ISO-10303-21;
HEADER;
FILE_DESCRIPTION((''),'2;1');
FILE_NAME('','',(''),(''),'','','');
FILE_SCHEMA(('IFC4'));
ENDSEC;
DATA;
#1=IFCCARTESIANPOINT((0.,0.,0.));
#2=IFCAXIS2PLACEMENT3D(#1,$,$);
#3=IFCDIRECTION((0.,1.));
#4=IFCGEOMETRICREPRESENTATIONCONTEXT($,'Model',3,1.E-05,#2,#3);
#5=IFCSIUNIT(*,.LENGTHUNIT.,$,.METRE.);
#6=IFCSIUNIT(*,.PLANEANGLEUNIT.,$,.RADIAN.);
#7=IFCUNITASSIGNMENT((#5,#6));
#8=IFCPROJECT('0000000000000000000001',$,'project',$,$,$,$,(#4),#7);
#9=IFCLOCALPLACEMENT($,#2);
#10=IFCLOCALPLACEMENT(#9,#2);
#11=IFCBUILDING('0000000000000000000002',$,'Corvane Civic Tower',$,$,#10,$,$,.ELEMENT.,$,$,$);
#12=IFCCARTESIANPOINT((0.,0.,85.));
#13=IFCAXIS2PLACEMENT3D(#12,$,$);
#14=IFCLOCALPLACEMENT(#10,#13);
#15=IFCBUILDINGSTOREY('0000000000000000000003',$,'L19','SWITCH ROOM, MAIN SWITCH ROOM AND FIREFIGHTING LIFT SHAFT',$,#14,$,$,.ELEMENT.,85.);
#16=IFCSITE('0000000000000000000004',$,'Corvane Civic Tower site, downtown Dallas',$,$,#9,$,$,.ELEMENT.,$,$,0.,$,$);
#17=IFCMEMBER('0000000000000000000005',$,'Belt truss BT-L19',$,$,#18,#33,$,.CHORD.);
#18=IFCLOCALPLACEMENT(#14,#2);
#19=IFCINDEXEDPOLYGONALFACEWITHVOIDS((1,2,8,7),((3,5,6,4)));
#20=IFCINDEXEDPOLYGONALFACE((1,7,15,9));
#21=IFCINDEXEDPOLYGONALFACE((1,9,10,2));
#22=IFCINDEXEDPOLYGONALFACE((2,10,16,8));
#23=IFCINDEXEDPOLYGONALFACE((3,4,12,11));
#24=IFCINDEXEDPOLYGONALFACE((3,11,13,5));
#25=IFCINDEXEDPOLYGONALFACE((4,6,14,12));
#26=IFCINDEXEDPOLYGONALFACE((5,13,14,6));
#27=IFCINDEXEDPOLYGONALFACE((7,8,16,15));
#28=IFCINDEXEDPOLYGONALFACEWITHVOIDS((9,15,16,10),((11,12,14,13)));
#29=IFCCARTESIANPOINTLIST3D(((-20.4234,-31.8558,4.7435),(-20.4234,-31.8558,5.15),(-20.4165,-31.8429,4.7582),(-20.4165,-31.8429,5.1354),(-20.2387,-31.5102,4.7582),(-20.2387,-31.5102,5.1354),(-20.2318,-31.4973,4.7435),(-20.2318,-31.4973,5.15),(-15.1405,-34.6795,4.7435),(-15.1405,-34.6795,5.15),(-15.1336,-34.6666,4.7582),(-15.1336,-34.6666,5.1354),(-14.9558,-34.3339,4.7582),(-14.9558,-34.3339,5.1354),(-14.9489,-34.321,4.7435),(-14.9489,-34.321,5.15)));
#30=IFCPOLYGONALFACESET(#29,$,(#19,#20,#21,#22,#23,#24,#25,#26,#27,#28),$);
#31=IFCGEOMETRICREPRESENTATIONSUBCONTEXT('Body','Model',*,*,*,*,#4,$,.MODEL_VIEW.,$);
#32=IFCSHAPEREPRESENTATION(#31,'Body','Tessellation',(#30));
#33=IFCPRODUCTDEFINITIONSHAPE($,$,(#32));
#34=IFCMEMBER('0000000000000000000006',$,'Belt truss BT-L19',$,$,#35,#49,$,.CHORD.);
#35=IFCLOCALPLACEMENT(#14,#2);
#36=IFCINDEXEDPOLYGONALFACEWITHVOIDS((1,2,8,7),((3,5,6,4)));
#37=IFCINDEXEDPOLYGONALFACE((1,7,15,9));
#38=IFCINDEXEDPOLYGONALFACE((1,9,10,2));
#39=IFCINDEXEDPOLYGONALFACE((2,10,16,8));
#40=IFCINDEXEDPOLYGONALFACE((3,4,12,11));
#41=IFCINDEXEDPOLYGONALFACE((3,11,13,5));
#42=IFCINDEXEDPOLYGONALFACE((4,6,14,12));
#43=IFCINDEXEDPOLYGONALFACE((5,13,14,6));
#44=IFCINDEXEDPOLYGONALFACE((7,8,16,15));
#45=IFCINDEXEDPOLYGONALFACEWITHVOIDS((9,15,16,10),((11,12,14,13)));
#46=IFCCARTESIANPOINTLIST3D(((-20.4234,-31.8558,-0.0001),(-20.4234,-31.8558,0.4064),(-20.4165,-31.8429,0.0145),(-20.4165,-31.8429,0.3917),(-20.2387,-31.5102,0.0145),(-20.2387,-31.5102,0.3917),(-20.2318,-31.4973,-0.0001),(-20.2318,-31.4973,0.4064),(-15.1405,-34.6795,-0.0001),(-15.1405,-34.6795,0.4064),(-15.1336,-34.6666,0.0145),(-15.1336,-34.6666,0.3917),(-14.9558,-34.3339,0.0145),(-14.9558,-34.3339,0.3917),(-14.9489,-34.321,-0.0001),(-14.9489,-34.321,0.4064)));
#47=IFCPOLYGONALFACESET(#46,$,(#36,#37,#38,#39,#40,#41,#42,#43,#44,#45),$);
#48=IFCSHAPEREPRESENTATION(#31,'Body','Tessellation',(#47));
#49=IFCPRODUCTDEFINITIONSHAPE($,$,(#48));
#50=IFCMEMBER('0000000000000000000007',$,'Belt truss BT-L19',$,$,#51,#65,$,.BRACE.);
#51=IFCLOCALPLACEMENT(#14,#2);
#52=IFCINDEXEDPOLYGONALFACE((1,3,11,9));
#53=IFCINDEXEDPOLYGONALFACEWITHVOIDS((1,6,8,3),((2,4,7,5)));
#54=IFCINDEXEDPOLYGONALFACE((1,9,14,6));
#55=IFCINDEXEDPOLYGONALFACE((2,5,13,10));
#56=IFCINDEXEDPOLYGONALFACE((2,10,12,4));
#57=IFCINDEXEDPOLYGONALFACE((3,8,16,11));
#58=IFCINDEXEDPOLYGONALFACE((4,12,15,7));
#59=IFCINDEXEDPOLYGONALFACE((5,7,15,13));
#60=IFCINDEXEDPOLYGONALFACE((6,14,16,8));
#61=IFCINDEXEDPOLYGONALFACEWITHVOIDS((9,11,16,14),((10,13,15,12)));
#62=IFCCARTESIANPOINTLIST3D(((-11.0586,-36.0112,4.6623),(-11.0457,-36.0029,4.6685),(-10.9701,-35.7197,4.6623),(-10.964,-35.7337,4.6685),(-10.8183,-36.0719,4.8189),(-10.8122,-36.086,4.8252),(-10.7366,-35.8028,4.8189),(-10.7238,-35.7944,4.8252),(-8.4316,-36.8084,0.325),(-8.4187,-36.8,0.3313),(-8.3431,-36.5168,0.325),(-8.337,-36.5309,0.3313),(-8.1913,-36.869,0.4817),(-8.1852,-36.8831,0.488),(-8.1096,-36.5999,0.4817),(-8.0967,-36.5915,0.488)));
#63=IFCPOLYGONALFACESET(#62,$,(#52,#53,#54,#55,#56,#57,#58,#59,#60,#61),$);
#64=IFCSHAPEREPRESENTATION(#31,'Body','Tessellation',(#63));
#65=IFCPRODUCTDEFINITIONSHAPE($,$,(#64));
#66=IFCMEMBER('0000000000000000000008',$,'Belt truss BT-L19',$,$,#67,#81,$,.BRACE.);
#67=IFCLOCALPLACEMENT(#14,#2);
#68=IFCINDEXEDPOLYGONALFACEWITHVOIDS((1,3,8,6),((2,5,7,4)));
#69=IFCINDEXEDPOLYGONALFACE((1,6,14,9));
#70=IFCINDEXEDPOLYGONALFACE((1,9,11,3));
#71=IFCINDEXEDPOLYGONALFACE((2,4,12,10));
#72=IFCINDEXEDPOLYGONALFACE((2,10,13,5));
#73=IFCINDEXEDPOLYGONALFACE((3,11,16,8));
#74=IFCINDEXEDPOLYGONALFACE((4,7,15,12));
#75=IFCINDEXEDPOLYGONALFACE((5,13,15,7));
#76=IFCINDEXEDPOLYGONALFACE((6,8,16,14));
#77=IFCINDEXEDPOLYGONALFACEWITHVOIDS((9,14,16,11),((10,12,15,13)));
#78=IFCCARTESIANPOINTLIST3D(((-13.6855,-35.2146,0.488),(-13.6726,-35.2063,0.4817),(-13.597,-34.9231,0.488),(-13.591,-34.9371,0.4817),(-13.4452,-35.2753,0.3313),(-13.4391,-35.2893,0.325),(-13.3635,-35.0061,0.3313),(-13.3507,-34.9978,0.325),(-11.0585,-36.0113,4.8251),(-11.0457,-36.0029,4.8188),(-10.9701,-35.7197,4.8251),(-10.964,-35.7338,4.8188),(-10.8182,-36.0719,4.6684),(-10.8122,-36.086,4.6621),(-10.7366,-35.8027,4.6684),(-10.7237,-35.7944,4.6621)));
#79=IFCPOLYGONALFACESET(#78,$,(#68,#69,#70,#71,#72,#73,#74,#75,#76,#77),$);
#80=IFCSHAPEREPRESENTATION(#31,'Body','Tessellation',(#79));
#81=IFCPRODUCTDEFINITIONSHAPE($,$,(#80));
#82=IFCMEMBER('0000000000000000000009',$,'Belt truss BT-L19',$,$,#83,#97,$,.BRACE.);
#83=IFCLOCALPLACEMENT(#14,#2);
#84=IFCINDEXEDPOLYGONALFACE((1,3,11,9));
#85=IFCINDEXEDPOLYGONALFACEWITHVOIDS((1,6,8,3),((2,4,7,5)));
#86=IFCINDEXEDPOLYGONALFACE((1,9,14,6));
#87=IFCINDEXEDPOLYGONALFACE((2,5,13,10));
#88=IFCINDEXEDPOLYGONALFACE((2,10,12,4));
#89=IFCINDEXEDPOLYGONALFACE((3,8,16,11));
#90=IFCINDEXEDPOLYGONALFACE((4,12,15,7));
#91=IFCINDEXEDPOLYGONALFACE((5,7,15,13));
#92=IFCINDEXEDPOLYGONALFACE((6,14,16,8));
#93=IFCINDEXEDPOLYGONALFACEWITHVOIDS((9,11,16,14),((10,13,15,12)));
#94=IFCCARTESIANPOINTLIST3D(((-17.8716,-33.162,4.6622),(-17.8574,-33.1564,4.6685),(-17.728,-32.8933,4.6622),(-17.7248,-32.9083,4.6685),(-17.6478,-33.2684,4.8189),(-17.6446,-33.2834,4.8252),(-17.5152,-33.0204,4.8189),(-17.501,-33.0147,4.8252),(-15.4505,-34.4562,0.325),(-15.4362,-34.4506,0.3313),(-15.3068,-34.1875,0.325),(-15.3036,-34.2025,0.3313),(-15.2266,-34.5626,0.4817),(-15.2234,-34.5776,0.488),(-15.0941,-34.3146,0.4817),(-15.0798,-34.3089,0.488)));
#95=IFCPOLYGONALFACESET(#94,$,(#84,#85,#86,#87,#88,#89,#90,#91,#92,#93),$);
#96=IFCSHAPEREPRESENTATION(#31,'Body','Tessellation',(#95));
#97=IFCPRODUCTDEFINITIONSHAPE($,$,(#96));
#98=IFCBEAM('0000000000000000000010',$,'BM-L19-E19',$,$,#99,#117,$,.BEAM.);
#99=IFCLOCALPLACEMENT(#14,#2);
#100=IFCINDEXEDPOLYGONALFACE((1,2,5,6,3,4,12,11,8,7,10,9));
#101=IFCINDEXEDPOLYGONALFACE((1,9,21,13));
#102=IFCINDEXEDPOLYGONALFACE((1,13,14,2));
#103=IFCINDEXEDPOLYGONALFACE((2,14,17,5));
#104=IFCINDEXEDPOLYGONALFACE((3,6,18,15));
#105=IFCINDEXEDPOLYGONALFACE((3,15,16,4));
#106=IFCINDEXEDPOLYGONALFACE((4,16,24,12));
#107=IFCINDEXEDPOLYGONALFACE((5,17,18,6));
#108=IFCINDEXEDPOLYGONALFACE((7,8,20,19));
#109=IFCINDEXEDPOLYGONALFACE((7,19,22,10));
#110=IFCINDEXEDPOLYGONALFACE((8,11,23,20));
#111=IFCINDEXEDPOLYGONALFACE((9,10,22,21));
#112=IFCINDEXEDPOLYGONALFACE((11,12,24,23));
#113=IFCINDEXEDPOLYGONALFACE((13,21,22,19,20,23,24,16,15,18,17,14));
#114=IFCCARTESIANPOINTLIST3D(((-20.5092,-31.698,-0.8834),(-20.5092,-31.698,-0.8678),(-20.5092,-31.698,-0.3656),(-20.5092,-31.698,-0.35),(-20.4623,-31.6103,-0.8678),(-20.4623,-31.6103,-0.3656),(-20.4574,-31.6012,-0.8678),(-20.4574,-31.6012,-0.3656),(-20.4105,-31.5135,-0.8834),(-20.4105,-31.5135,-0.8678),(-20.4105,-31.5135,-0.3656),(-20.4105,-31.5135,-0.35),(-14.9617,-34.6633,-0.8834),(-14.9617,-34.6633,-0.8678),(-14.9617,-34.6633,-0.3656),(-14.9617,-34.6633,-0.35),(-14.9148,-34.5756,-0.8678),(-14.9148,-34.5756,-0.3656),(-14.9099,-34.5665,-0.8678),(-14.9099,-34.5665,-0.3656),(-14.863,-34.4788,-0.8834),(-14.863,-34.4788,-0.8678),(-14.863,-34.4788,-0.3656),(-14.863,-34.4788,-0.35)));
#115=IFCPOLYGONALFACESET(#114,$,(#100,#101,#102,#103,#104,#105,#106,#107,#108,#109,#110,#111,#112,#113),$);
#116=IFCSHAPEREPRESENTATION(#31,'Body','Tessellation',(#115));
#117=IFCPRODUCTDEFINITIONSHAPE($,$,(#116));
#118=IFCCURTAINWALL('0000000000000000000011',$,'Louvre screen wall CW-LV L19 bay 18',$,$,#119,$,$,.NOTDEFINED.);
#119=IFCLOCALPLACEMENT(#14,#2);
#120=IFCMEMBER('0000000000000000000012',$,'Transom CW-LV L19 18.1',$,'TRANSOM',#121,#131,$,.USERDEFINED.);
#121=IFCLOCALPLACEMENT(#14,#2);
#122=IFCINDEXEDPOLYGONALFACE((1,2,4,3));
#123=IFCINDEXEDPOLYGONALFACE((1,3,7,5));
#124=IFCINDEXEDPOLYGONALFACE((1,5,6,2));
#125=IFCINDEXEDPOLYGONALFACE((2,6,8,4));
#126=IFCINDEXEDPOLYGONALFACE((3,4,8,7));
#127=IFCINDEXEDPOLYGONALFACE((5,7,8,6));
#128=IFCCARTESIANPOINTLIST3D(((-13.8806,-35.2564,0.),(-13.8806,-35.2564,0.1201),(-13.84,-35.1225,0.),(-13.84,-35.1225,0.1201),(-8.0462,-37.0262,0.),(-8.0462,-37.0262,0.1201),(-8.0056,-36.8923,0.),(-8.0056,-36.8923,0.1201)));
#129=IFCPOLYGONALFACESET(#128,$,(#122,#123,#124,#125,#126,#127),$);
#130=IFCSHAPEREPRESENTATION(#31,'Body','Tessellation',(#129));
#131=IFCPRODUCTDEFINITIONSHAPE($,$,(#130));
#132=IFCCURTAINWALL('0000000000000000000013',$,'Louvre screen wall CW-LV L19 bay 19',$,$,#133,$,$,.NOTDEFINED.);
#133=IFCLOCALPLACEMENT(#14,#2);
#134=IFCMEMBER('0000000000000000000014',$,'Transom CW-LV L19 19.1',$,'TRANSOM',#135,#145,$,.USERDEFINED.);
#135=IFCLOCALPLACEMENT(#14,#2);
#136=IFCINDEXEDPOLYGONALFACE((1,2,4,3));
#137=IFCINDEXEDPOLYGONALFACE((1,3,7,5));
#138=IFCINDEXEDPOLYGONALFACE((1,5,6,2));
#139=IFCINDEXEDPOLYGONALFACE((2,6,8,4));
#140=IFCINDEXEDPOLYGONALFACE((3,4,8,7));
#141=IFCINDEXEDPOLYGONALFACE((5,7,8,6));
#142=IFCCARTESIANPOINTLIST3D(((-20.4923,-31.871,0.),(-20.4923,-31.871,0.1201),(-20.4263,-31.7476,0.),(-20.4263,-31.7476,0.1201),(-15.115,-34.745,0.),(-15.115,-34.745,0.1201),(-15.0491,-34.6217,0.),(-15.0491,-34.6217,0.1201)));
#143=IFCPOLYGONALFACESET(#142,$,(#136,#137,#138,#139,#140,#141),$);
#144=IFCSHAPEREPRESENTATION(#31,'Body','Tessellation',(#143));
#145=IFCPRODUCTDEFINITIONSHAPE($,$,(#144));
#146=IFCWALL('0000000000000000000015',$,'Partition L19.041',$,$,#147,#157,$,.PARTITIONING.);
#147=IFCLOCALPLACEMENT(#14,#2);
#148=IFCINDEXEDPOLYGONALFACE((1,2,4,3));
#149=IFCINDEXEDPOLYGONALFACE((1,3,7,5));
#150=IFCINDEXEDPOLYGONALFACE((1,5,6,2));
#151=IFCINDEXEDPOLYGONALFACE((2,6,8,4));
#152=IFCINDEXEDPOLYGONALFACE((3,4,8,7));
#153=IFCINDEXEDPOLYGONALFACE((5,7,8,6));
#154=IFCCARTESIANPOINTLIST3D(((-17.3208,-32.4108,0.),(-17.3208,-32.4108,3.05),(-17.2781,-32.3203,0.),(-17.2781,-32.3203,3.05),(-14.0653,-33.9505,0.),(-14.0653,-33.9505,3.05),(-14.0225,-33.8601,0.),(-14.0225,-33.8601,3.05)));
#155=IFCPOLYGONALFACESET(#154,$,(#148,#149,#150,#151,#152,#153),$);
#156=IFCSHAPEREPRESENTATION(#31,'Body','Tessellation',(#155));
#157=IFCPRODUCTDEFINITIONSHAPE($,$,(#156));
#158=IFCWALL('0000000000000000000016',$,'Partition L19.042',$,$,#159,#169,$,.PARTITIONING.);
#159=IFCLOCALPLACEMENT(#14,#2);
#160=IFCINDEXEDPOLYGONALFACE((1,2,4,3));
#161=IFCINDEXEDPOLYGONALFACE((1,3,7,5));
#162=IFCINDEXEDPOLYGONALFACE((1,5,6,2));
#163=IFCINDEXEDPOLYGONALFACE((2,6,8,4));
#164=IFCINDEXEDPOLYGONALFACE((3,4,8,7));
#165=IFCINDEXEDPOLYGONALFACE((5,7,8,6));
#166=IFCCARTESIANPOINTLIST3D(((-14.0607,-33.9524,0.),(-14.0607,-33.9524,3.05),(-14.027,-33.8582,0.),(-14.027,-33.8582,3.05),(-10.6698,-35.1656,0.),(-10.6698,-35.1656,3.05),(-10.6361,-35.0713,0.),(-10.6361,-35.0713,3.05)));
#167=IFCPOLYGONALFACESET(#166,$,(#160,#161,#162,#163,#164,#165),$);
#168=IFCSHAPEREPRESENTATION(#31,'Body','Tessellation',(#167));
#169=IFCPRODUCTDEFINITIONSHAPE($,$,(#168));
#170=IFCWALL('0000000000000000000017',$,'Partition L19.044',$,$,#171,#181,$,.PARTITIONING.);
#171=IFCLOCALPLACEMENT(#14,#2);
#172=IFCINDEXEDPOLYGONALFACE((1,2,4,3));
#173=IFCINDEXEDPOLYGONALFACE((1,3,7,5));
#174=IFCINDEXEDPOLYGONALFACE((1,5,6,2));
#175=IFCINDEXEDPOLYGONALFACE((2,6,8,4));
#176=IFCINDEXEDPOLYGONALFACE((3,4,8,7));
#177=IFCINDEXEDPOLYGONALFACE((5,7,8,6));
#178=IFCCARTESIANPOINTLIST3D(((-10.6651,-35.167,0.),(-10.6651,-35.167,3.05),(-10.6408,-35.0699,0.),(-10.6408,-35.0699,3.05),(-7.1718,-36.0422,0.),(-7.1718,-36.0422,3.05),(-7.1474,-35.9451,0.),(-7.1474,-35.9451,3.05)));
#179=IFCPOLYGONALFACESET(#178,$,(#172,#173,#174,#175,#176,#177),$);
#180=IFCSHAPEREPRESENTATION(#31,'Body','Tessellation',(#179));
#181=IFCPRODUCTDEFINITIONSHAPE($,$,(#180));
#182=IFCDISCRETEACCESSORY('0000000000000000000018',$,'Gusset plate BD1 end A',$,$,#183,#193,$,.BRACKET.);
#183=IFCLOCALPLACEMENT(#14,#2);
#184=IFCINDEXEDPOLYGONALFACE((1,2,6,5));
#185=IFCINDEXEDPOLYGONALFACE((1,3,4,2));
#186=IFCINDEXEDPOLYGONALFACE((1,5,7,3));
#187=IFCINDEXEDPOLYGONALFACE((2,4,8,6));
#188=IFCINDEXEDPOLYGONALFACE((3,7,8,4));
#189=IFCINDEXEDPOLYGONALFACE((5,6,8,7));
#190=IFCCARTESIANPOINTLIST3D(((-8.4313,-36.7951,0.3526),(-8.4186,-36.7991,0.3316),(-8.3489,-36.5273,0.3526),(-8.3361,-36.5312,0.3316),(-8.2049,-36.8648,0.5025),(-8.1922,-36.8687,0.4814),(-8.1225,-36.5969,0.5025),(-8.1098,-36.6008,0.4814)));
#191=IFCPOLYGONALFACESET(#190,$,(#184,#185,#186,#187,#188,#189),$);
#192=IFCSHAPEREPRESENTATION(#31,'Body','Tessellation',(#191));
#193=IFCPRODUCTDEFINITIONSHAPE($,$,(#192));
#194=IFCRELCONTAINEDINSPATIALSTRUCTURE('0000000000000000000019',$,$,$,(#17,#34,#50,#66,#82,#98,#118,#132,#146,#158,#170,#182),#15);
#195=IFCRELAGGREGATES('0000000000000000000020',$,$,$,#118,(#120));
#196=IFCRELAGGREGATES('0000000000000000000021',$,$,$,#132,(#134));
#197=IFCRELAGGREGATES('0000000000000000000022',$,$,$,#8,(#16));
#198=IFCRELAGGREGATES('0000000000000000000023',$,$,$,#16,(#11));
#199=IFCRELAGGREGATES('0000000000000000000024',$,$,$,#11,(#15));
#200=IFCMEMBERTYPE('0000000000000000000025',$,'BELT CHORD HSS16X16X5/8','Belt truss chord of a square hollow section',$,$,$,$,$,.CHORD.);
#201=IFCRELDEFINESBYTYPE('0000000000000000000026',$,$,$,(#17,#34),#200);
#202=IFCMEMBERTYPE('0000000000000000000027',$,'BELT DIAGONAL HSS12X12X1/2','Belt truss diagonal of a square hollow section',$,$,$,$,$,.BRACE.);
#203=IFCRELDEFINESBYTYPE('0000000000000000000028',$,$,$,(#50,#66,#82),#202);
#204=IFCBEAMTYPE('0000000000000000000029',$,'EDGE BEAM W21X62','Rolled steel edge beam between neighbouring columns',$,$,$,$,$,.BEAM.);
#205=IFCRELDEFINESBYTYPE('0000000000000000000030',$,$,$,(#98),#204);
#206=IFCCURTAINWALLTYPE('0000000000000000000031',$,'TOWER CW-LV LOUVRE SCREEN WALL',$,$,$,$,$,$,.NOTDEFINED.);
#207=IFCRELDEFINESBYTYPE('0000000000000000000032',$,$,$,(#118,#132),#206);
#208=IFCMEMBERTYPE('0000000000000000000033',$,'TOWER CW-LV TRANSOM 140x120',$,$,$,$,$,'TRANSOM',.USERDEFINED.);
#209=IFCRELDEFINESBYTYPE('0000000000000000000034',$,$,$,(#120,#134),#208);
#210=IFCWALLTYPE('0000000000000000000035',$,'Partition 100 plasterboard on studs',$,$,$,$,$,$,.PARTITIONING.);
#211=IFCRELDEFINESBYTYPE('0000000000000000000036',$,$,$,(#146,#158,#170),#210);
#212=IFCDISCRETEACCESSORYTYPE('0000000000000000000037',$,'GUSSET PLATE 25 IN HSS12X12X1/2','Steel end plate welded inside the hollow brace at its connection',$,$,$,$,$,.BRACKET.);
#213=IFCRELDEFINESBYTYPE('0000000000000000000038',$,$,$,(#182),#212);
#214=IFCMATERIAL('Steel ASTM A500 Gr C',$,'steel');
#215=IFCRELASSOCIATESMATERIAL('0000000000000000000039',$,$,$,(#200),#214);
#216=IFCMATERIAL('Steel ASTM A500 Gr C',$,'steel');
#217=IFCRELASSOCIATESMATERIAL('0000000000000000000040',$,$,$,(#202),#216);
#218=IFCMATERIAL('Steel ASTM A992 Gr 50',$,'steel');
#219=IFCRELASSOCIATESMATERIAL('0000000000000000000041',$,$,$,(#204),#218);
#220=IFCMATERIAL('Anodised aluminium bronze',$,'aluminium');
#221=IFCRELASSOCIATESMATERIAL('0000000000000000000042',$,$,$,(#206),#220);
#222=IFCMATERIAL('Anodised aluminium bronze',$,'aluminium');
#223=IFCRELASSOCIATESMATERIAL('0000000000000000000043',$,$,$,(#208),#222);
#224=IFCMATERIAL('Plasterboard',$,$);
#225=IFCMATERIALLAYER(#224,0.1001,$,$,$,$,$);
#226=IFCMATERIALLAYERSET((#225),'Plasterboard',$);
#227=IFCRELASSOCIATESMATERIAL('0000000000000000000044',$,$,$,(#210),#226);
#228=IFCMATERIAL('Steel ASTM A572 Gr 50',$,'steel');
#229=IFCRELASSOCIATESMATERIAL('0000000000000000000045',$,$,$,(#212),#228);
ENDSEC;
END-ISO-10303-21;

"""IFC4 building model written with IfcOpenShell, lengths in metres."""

from ifc_helpers import new_model, si_unit, direction, frame, frame_2d, origin, origin_2d, place, context, subcontext, project, spatial, rectangle, hollow_rectangle, i_section, extrude, material, layer, layer_set, material_profile, profile_set, type_object, element, aggregate, save


model = new_model("IFC4")

# Units and contexts
model_context = context("Model", 3, precision=1e-05, world=origin(), true_north=direction((0.0, 1.0)))
body_context = subcontext(model_context, "Body", "Model", "MODEL_VIEW")
ifc_project = project(units=[si_unit("LENGTHUNIT", "METRE"), si_unit("PLANEANGLEUNIT", "RADIAN")], contexts=[model_context])

# Site, building, storey
site_placement = place(None, origin())
site = spatial("IfcSite", under=ifc_project, at=site_placement, Name="Corvane Civic Tower site, downtown Dallas", CompositionType="ELEMENT", RefElevation=0.0)
building_placement = place(site_placement, origin())
building = spatial("IfcBuilding", under=site, at=building_placement, Name="Corvane Civic Tower", CompositionType="ELEMENT")
storey_placement = place(building_placement, frame((0.0, 0.0, 85.0)))
storey = spatial("IfcBuildingStorey", under=building, at=storey_placement, Name="L19", Description="SWITCH ROOM, MAIN SWITCH ROOM AND FIREFIGHTING LIFT SHAFT", CompositionType="ELEMENT", Elevation=85.0)

# Members
ifc_material_1 = material(Name="Steel ASTM A500 Gr C", Category="steel")
ifc_material_profile_1 = material_profile(ifc_material_1, hollow_rectangle(XDim=0.4065, YDim=0.4065, WallThickness=0.0146, at=origin_2d()), Name="HSS16X16X5/8")
ifc_profile_set_1 = profile_set([ifc_material_profile_1], Name="Steel ASTM A500 Gr C")
member_type_1 = type_object("IfcMemberType", Name="BELT CHORD HSS16X16X5/8", Description="Belt truss chord of a square hollow section", PredefinedType="CHORD", material=ifc_profile_set_1)
for number, where, z_axis, x_axis, name in (
    (1, (-15.0447, -34.5002, 4.9468), (-0.881926, 0.471388, 0.0), (-0.471388, -0.881926, 0.0), "Belt truss BT-L19"),
    (2, (-15.0447, -34.5002, 0.2031), (-0.881926, 0.471388, 0.0), (-0.471388, -0.881926, 0.0), "Belt truss BT-L19"),
):
    element("IfcMember", number, at=place(storey_placement, frame(where, z_axis=z_axis, x_axis=x_axis)), inside=storey, type_object=member_type_1, Name=name, PredefinedType="CHORD", context=body_context, shape_type="SweptSolid", body=[
        extrude(hollow_rectangle(XDim=0.4065, YDim=0.4065, WallThickness=0.0146, at=origin_2d()), origin(), (0.0, 0.0, 1.0), 5.9902),
    ])
ifc_material_2 = material(Name="Steel ASTM A500 Gr C", Category="steel")
ifc_material_profile_2 = material_profile(ifc_material_2, hollow_rectangle(XDim=0.3047, YDim=0.3047, WallThickness=0.0117, at=origin_2d()), Name="HSS12X12X1/2")
ifc_profile_set_2 = profile_set([ifc_material_profile_2], Name="Steel ASTM A500 Gr C")
member_type_2 = type_object("IfcMemberType", Name="BELT DIAGONAL HSS12X12X1/2", Description="Belt truss diagonal of a square hollow section", PredefinedType="BRACE", material=ifc_profile_set_2)
member_1_placement = place(storey_placement, frame((-8.2642, -36.7, 0.4065), z_axis=(-0.511782, 0.155294, 0.844963), x_axis=(-0.290365, -0.956916, 0.0)))
element("IfcMember", 3, at=member_1_placement, inside=storey, type_object=member_type_2, Name="Belt truss BT-L19", PredefinedType="BRACE", context=body_context, shape_type="SweptSolid", body=[
    extrude(hollow_rectangle(XDim=0.3047, YDim=0.3047, WallThickness=0.0117, at=origin_2d()), origin(), (0.0, 0.0, 1.0), 5.1331),
])
member_2_placement = place(storey_placement, frame((-13.5181, -35.1062, 0.4065), z_axis=(0.511789, -0.155202, 0.844976), x_axis=(0.290202, 0.956965, 0.0)))
element("IfcMember", 4, at=member_2_placement, inside=storey, type_object=member_type_2, Name="Belt truss BT-L19", PredefinedType="BRACE", context=body_context, shape_type="SweptSolid", body=[
    extrude(hollow_rectangle(XDim=0.3047, YDim=0.3047, WallThickness=0.0117, at=origin_2d()), origin(), (0.0, 0.0, 1.0), 5.1328),
])
member_3_placement = place(storey_placement, frame((-15.2651, -34.3826, 0.4065), z_axis=(-0.471681, 0.252131, 0.844954), x_axis=(-0.471414, -0.881912, 0.0)))
element("IfcMember", 5, at=member_3_placement, inside=storey, type_object=member_type_2, Name="Belt truss BT-L19", PredefinedType="BRACE", context=body_context, shape_type="SweptSolid", body=[
    extrude(hollow_rectangle(XDim=0.3047, YDim=0.3047, WallThickness=0.0117, at=origin_2d()), origin(), (0.0, 0.0, 1.0), 5.1331),
])

# Beam
ifc_material_3 = material(Name="Steel ASTM A992 Gr 50", Category="steel")
ifc_material_profile_3 = material_profile(ifc_material_3, i_section(OverallWidth=0.2092, OverallDepth=0.5334, WebThickness=0.0103, FlangeThickness=0.0156, at=origin_2d()), Name="W21X62")
ifc_profile_set_3 = profile_set([ifc_material_profile_3], Name="Steel ASTM A992 Gr 50")
beam_type = type_object("IfcBeamType", Name="EDGE BEAM W21X62", Description="Rolled steel edge beam between neighbouring columns", PredefinedType="BEAM", material=ifc_profile_set_3)
beam_placement = place(storey_placement, frame((-14.9124, -34.571, -0.6167), z_axis=(-0.881916, 0.471406, 0.0), x_axis=(-0.471406, -0.881916, 0.0)))
element("IfcBeam", 6, at=beam_placement, inside=storey, type_object=beam_type, Name="BM-L19-E19", PredefinedType="BEAM", context=body_context, shape_type="SweptSolid", body=[
    extrude(i_section(OverallWidth=0.2092, OverallDepth=0.5334, WebThickness=0.0103, FlangeThickness=0.0156, at=origin_2d()), origin(), (0.0, 0.0, 1.0), 6.2903),
])

# Curtain walls, members
ifc_material_4 = material(Name="Anodised aluminium bronze", Category="aluminium")
curtain_wall_type = type_object("IfcCurtainWallType", Name="TOWER CW-LV LOUVRE SCREEN WALL", PredefinedType="NOTDEFINED", material=ifc_material_4)
curtain_wall_1_placement = place(storey_placement, origin())
curtain_wall_1 = element("IfcCurtainWall", 7, at=curtain_wall_1_placement, inside=storey, type_object=curtain_wall_type, Name="Louvre screen wall CW-LV L19 bay 18", PredefinedType="NOTDEFINED")
ifc_material_5 = material(Name="Anodised aluminium bronze", Category="aluminium")
ifc_material_profile_4 = material_profile(ifc_material_5, rectangle(XDim=0.1399, YDim=0.1201, at=origin_2d()), Name="TOWER CW-LV TRANSOM 140x120")
ifc_profile_set_4 = profile_set([ifc_material_profile_4], Name="Anodised aluminium bronze")
member_type_3 = type_object("IfcMemberType", Name="TOWER CW-LV TRANSOM 140x120", ElementType="TRANSOM", PredefinedType="USERDEFINED", material=ifc_profile_set_4)
member_4_placement = place(storey_placement, frame((-8.0259, -36.9592, 0.0601), z_axis=(-0.956945, 0.290271, 0.0), x_axis=(-0.290271, -0.956945, 0.0)))
member_4 = element("IfcMember", 8, at=member_4_placement, type_object=member_type_3, Name="Transom CW-LV L19 18.1", ObjectType="TRANSOM", PredefinedType="USERDEFINED", context=body_context, shape_type="SweptSolid", body=[
    extrude(rectangle(XDim=0.1399, YDim=0.1201, at=origin_2d()), origin(), (0.0, 0.0, 1.0), 6.0969),
])
aggregate(curtain_wall_1, [member_4])
curtain_wall_2_placement = place(storey_placement, origin())
curtain_wall_2 = element("IfcCurtainWall", 9, at=curtain_wall_2_placement, inside=storey, type_object=curtain_wall_type, Name="Louvre screen wall CW-LV L19 bay 19", PredefinedType="NOTDEFINED")
member_5_placement = place(storey_placement, frame((-15.082, -34.6833, 0.0601), z_axis=(-0.881931, 0.471378, 0.0), x_axis=(-0.471378, -0.881931, 0.0)))
member_5 = element("IfcMember", 10, at=member_5_placement, type_object=member_type_3, Name="Transom CW-LV L19 19.1", ObjectType="TRANSOM", PredefinedType="USERDEFINED", context=body_context, shape_type="SweptSolid", body=[
    extrude(rectangle(XDim=0.1399, YDim=0.1201, at=origin_2d()), origin(), (0.0, 0.0, 1.0), 6.0972),
])

# Walls
ifc_material_6 = material(Name="Plasterboard")
ifc_layer = layer(ifc_material_6, 0.1001)
ifc_layer_set = layer_set([ifc_layer], Name="Plasterboard")
wall_type = type_object("IfcWallType", Name="Partition 100 plasterboard on studs", PredefinedType="PARTITIONING", material=ifc_layer_set)
for number, where, z_axis, x_axis, name in (
    (11, (-17.2996, -32.3655, 0.0), (0.0, 0.0, 1.0), (0.903989, -0.427556, 0.0), "Partition L19.041"),
    (12, (-14.0439, -33.9053, 0.0), (0.0, 0.0, 1.0), (0.941556, -0.336856, 0.0), "Partition L19.042"),
    (13, (-10.6531, -35.1184, 0.0), (0.0, 0.0, 1.0), (0.970019, -0.24303, 0.0), "Partition L19.044"),
):
    element("IfcWall", number, at=place(storey_placement, frame(where, z_axis=z_axis, x_axis=x_axis)), inside=storey, type_object=wall_type, Name=name, PredefinedType="PARTITIONING", context=body_context, shape_type="SweptSolid", body=[
        extrude(rectangle(XDim=3.6013, YDim=0.1001, at=frame_2d((1.8008, 0.0))), origin(), (0.0, 0.0, 1.0), 3.05),
    ])

aggregate(curtain_wall_2, [member_5])

# Discrete accessory
ifc_material_7 = material(Name="Steel ASTM A572 Gr 50", Category="steel")
ifc_material_profile_5 = material_profile(ifc_material_7, rectangle(XDim=0.2803, YDim=0.2803, at=origin_2d()), Name="GUSSET PLATE 25 IN HSS12X12X1/2")
ifc_profile_set_5 = profile_set([ifc_material_profile_5], Name="Steel ASTM A572 Gr 50")
discrete_accessory_type = type_object("IfcDiscreteAccessoryType", Name="GUSSET PLATE 25 IN HSS12X12X1/2", Description="Steel end plate welded inside the hollow brace at its connection", PredefinedType="BRACKET", material=ifc_profile_set_5)
discrete_accessory_1_placement = place(storey_placement, frame((-8.2642, -36.7, 0.4065), z_axis=(-0.510984, 0.157226, 0.845089), x_axis=(-0.294086, -0.955779, 0.0)))
element("IfcDiscreteAccessory", 14, at=discrete_accessory_1_placement, inside=storey, type_object=discrete_accessory_type, Name="Gusset plate BD1 end A", PredefinedType="BRACKET", context=body_context, shape_type="SweptSolid", body=[
    extrude(rectangle(XDim=0.2803, YDim=0.2803, at=origin_2d()), origin(), (0.0, 0.0, 1.0), 0.0249),
])

save(model, "model.ifc")
